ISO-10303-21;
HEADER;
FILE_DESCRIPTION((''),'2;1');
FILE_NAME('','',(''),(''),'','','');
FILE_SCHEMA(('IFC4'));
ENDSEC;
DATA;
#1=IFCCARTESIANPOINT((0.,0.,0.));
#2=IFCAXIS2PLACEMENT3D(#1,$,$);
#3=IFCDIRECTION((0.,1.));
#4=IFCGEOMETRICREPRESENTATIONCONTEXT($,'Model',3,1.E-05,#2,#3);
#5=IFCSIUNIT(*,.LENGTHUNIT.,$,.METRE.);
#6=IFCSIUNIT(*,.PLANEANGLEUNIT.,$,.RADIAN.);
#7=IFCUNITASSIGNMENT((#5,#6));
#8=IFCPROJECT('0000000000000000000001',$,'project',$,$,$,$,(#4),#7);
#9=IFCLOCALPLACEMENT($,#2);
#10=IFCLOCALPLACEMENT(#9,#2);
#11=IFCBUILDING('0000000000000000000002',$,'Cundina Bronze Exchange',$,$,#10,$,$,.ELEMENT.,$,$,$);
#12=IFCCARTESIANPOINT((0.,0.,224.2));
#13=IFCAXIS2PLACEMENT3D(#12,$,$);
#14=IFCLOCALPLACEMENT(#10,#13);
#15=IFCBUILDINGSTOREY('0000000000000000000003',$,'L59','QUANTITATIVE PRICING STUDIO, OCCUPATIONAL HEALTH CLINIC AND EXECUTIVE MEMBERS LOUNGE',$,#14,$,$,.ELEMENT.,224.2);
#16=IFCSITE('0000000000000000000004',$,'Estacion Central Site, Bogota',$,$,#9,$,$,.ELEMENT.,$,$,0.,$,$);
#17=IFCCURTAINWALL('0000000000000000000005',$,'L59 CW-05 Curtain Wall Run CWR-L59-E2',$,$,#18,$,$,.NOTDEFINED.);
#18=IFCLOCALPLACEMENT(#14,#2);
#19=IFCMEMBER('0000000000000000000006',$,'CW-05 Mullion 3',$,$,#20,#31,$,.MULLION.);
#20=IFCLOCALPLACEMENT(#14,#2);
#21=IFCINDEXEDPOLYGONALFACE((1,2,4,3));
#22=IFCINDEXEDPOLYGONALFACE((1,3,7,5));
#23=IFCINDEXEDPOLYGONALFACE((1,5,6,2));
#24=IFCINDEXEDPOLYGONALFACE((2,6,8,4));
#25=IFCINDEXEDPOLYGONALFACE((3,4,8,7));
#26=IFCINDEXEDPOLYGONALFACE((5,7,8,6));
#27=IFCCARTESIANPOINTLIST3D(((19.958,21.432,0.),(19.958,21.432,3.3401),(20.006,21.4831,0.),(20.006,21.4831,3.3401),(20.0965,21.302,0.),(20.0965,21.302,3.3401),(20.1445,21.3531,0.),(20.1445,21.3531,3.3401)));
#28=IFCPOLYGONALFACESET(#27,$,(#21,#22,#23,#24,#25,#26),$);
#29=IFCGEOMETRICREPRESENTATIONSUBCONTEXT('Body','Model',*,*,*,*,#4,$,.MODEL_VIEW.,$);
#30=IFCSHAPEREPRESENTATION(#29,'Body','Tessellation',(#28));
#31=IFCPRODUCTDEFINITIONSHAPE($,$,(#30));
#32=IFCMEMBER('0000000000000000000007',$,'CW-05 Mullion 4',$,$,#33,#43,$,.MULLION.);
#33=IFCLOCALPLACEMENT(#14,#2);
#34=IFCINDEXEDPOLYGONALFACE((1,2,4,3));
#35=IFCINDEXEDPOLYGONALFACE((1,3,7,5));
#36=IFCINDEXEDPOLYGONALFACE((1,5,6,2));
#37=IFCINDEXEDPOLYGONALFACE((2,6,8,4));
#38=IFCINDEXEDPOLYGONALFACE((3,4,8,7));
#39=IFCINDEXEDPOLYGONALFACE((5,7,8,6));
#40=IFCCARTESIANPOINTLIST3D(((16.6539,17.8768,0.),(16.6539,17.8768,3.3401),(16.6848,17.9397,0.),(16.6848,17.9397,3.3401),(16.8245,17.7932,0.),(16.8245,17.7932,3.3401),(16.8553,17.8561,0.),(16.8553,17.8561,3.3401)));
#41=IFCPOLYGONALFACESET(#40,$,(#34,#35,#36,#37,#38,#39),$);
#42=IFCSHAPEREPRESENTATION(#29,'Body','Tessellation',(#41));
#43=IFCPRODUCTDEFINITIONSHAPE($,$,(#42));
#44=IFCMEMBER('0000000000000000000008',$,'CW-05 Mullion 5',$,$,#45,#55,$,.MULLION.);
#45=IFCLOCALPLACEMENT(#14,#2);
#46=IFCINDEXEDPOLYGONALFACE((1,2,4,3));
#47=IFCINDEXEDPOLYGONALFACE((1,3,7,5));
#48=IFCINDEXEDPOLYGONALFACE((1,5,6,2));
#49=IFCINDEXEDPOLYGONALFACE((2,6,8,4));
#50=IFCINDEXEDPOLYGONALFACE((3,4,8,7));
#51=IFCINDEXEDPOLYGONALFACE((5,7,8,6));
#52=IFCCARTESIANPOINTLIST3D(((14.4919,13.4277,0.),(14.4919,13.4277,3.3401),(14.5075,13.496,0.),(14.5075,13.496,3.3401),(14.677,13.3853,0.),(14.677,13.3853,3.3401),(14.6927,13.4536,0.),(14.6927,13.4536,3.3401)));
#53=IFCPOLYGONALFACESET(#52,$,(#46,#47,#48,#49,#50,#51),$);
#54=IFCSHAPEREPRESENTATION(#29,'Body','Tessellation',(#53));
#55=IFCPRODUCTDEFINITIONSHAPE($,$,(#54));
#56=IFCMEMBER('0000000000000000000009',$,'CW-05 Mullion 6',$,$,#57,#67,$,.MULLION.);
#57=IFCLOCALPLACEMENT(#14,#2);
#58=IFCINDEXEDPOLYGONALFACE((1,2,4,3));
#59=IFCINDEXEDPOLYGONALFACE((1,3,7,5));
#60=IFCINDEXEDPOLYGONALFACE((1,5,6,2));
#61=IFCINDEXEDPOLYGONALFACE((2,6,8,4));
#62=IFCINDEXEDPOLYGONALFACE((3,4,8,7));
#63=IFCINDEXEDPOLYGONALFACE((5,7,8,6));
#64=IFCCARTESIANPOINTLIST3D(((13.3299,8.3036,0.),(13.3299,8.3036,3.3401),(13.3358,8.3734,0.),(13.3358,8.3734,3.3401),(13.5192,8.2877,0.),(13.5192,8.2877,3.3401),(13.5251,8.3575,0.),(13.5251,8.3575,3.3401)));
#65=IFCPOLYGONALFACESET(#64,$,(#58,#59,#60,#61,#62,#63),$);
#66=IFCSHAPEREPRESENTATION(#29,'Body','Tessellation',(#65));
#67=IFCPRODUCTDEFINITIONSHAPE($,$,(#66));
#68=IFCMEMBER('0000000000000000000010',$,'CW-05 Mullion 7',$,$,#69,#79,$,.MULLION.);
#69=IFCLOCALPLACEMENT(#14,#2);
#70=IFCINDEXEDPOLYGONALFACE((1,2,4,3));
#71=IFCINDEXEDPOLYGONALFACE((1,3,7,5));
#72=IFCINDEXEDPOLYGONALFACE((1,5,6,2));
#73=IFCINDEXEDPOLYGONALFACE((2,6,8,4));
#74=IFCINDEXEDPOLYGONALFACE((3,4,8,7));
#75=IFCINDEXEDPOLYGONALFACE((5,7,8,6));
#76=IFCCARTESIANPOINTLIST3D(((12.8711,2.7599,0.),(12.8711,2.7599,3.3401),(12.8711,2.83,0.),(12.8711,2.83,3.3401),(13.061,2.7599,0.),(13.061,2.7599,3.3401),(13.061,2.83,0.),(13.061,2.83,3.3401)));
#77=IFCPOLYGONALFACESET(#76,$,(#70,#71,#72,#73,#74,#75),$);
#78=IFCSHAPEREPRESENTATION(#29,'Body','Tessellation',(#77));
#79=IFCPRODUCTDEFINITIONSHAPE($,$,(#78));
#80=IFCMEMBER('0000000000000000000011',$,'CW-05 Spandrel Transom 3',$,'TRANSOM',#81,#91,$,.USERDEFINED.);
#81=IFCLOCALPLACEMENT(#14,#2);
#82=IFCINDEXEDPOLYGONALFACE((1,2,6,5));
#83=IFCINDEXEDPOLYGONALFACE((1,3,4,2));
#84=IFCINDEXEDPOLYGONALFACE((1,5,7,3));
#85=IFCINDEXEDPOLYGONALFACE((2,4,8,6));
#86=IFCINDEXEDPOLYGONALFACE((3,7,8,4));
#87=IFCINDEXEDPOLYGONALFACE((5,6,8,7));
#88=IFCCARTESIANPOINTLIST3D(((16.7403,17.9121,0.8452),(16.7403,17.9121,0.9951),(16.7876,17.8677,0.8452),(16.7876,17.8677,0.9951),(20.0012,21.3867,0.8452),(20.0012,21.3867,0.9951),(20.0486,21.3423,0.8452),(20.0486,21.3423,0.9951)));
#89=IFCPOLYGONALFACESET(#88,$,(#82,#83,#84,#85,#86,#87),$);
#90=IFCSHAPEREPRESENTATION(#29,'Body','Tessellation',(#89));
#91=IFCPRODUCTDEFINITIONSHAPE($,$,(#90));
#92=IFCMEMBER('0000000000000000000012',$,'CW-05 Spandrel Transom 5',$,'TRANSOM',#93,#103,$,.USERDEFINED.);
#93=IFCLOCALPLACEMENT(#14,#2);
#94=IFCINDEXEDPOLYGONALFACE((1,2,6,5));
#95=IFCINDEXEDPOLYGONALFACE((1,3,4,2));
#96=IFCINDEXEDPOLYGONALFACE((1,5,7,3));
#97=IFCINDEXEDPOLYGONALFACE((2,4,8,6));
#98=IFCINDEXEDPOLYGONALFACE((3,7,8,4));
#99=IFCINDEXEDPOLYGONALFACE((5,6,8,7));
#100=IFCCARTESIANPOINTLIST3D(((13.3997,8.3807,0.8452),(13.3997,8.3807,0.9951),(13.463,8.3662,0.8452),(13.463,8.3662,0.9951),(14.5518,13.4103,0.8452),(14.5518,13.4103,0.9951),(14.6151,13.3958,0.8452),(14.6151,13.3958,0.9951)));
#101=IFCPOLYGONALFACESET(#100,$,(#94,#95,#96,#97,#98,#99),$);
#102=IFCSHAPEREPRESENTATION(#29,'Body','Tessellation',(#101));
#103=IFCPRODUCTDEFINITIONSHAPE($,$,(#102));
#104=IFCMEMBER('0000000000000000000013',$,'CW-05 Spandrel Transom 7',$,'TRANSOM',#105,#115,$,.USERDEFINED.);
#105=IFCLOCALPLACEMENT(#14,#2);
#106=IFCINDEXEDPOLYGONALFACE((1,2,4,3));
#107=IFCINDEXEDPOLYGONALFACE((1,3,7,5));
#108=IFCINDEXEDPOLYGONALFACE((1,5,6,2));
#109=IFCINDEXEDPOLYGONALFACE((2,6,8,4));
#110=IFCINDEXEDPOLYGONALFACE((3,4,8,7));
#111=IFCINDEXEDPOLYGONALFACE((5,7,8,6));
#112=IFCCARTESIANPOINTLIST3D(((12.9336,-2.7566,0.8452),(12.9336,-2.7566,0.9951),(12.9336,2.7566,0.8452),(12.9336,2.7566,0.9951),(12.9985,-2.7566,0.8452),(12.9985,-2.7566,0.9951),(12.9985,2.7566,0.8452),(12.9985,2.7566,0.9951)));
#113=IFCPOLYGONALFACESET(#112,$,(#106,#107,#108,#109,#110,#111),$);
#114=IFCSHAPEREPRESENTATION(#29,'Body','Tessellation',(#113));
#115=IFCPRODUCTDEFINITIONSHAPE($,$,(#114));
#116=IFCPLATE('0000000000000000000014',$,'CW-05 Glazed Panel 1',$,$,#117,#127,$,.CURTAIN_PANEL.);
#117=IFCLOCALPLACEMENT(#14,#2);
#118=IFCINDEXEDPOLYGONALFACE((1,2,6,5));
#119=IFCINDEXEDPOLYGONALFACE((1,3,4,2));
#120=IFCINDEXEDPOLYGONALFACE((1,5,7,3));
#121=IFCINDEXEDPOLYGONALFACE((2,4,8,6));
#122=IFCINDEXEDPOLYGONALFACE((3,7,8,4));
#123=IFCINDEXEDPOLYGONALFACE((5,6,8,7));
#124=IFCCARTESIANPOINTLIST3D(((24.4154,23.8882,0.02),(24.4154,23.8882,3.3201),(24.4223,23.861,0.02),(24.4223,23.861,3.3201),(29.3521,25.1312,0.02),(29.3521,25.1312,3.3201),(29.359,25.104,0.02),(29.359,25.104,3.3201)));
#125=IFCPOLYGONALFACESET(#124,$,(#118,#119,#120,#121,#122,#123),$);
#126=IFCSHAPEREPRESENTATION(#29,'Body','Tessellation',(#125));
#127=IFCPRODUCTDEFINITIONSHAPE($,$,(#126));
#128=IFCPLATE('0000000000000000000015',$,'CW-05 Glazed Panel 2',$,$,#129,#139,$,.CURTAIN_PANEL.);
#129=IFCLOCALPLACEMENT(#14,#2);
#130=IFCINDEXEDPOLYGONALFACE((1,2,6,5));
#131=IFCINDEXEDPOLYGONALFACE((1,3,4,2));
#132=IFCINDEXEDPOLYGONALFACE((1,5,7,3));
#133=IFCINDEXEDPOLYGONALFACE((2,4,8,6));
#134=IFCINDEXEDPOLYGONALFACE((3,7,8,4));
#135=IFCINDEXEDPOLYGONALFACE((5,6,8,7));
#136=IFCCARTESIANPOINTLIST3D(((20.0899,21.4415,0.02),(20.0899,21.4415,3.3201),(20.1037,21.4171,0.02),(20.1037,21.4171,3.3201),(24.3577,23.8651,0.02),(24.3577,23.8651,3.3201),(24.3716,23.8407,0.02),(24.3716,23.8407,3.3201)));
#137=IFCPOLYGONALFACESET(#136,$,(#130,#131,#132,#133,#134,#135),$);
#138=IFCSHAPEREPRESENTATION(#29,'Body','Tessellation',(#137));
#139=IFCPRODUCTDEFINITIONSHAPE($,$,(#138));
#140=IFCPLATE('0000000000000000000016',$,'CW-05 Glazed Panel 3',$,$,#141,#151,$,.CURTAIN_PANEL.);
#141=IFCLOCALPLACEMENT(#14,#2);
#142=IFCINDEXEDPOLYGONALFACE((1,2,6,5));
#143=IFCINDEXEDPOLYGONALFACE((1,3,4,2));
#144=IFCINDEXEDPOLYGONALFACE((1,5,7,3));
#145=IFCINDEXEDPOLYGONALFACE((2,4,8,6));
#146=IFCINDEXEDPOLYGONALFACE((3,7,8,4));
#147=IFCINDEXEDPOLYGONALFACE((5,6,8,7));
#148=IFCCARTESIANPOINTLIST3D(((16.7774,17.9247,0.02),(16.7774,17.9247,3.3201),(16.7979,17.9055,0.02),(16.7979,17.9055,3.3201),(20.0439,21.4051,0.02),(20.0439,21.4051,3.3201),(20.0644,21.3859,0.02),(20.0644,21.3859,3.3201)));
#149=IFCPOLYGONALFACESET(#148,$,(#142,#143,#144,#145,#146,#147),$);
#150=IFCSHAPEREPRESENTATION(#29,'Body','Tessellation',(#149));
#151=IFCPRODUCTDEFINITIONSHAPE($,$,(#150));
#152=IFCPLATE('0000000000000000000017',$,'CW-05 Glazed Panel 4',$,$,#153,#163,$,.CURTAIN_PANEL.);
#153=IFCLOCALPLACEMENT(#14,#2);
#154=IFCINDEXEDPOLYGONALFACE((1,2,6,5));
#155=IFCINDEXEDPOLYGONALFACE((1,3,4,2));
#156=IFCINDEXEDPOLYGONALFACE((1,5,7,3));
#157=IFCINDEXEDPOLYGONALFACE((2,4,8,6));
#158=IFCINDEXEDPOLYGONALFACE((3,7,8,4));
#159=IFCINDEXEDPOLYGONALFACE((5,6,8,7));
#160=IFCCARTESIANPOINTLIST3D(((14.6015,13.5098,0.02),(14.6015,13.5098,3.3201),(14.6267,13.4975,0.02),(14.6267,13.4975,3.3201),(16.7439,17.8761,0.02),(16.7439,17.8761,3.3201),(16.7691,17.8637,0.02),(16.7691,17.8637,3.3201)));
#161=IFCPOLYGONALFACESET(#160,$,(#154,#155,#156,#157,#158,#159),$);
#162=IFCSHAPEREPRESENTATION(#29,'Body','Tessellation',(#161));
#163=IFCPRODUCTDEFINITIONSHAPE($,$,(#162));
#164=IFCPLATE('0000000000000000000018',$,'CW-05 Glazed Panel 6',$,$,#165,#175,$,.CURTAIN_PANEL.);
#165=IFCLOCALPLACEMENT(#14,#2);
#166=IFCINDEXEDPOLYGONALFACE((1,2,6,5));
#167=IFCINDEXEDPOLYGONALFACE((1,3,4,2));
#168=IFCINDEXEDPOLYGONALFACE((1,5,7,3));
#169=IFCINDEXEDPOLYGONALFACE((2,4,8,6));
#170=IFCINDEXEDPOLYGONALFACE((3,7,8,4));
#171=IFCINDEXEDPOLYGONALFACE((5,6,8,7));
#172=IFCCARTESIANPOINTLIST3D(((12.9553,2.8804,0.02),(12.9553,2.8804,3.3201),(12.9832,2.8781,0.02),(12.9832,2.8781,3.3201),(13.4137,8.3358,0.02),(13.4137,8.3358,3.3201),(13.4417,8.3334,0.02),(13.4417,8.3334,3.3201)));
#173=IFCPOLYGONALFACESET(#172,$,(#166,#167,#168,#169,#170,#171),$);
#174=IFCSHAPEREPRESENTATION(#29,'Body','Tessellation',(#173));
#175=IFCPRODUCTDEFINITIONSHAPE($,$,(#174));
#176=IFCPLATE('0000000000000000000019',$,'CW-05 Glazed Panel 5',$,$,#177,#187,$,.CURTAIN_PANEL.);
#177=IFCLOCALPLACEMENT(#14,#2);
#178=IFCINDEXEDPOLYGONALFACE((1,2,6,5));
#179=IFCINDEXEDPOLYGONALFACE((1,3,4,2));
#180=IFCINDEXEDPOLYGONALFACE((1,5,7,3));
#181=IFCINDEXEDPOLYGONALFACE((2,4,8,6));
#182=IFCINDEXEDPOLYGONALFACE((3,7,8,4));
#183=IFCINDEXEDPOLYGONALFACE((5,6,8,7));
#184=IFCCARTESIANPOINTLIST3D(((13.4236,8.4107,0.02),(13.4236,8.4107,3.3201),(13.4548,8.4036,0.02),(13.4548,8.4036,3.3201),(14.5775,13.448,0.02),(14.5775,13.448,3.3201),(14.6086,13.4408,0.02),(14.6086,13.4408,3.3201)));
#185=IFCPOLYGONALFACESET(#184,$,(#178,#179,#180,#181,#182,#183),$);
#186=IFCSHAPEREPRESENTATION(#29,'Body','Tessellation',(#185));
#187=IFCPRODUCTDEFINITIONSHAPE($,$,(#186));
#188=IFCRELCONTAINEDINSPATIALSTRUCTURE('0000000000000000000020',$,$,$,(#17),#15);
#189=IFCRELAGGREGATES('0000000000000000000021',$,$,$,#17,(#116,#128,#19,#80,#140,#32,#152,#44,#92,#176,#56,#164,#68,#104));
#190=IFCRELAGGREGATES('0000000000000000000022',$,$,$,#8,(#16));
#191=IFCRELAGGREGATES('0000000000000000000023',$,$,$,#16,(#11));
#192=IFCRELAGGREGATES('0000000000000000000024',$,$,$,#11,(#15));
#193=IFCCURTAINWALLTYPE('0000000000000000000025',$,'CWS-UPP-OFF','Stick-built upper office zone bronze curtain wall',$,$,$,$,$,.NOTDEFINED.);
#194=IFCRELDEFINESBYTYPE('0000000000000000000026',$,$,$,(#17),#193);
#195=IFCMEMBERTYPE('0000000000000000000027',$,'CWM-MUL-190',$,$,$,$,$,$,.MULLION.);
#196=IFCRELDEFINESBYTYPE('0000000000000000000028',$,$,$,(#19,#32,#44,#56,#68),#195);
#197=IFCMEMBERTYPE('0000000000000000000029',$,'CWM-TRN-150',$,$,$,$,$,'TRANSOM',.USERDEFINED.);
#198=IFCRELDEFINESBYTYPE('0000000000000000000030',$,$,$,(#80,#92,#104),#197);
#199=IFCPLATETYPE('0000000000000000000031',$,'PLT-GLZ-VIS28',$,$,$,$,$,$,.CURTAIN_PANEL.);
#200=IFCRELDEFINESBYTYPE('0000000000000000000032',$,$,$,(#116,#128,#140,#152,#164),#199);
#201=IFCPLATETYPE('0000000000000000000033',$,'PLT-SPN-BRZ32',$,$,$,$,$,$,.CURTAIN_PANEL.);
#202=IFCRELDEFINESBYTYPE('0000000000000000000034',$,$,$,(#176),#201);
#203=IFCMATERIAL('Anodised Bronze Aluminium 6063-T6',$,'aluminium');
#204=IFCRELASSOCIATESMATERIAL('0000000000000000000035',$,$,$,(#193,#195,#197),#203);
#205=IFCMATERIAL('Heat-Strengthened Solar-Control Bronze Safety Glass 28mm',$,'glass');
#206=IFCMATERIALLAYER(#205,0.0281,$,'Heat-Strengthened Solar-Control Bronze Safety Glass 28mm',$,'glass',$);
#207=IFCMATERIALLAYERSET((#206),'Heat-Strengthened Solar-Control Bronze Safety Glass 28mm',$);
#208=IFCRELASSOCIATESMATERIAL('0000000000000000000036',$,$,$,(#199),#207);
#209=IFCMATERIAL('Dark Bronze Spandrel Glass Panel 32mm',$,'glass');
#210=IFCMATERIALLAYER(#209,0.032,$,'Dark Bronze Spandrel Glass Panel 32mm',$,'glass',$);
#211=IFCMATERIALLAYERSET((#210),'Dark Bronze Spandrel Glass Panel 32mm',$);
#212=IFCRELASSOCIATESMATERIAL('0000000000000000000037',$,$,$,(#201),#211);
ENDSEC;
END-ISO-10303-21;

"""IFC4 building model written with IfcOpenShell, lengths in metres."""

from ifc_helpers import new_model, si_unit, direction, frame, origin, origin_2d, place, context, subcontext, project, spatial, rectangle, extrude, material, layer, layer_set, material_profile, profile_set, type_object, element, aggregate, save


model = new_model("IFC4")

# Units and contexts
model_context = context("Model", 3, precision=1e-05, world=origin(), true_north=direction((0.0, 1.0)))
body_context = subcontext(model_context, "Body", "Model", "MODEL_VIEW")
ifc_project = project(units=[si_unit("LENGTHUNIT", "METRE"), si_unit("PLANEANGLEUNIT", "RADIAN")], contexts=[model_context])

# Site, building, storey
site_placement = place(None, origin())
site = spatial("IfcSite", under=ifc_project, at=site_placement, Name="Estacion Central Site, Bogota", CompositionType="ELEMENT", RefElevation=0.0)
building_placement = place(site_placement, origin())
building = spatial("IfcBuilding", under=site, at=building_placement, Name="Cundina Bronze Exchange", CompositionType="ELEMENT")
storey_placement = place(building_placement, frame((0.0, 0.0, 224.2)))
storey = spatial("IfcBuildingStorey", under=building, at=storey_placement, Name="L59", Description="QUANTITATIVE PRICING STUDIO, OCCUPATIONAL HEALTH CLINIC AND EXECUTIVE MEMBERS LOUNGE", CompositionType="ELEMENT", Elevation=224.2)

# Curtain wall, members, plates
ifc_material_1 = material(Name="Anodised Bronze Aluminium 6063-T6", Category="aluminium")
curtain_wall_type = type_object("IfcCurtainWallType", Name="CWS-UPP-OFF", Description="Stick-built upper office zone bronze curtain wall", PredefinedType="NOTDEFINED", material=ifc_material_1)
curtain_wall_placement = place(storey_placement, origin())
curtain_wall = element("IfcCurtainWall", 1, at=curtain_wall_placement, inside=storey, type_object=curtain_wall_type, Name="L59 CW-05 Curtain Wall Run CWR-L59-E2", PredefinedType="NOTDEFINED")
ifc_material_profile_1 = material_profile(ifc_material_1, rectangle(XDim=0.0701, YDim=0.1899, at=origin_2d()), Name="AL70X190", Category="aluminium")
ifc_profile_set_1 = profile_set([ifc_material_profile_1], Name="Anodised Bronze Aluminium 6063-T6")
member_type_1 = type_object("IfcMemberType", Name="CWM-MUL-190", PredefinedType="MULLION", material=ifc_profile_set_1)
member_1_placement = place(storey_placement, frame((20.0513, 21.3926, 0.0), z_axis=(0.0, 0.0, 1.0), x_axis=(-0.684293, -0.729208, 0.0)))
member_1 = element("IfcMember", 2, at=member_1_placement, type_object=member_type_1, Name="CW-05 Mullion 3", PredefinedType="MULLION", context=body_context, shape_type="SweptSolid", body=[
    extrude(rectangle(XDim=0.0701, YDim=0.1899, at=origin_2d()), origin(), (0.0, 0.0, 1.0), 3.3401),
])
member_2_placement = place(storey_placement, frame((16.7546, 17.8665, 0.0), z_axis=(0.0, 0.0, 1.0), x_axis=(-0.440566, -0.89772, 0.0)))
member_2 = element("IfcMember", 3, at=member_2_placement, type_object=member_type_1, Name="CW-05 Mullion 4", PredefinedType="MULLION", context=body_context, shape_type="SweptSolid", body=[
    extrude(rectangle(XDim=0.0701, YDim=0.1899, at=origin_2d()), origin(), (0.0, 0.0, 1.0), 3.3401),
])
member_3_placement = place(storey_placement, frame((14.5923, 13.4407, 0.0), z_axis=(0.0, 0.0, 1.0), x_axis=(-0.22325, -0.974761, 0.0)))
member_3 = element("IfcMember", 4, at=member_3_placement, type_object=member_type_1, Name="CW-05 Mullion 5", PredefinedType="MULLION", context=body_context, shape_type="SweptSolid", body=[
    extrude(rectangle(XDim=0.0701, YDim=0.1899, at=origin_2d()), origin(), (0.0, 0.0, 1.0), 3.3401),
])
member_4_placement = place(storey_placement, frame((13.4275, 8.3306, 0.0), z_axis=(0.0, 0.0, 1.0), x_axis=(-0.083678, -0.996493, 0.0)))
member_4 = element("IfcMember", 5, at=member_4_placement, type_object=member_type_1, Name="CW-05 Mullion 6", PredefinedType="MULLION", context=body_context, shape_type="SweptSolid", body=[
    extrude(rectangle(XDim=0.0701, YDim=0.1899, at=origin_2d()), origin(), (0.0, 0.0, 1.0), 3.3401),
])
member_5_placement = place(storey_placement, frame((12.9661, 2.7949, 0.0), z_axis=(0.0, 0.0, 1.0), x_axis=(0.0, -1.0, 0.0)))
member_5 = element("IfcMember", 6, at=member_5_placement, type_object=member_type_1, Name="CW-05 Mullion 7", PredefinedType="MULLION", context=body_context, shape_type="SweptSolid", body=[
    extrude(rectangle(XDim=0.0701, YDim=0.1899, at=origin_2d()), origin(), (0.0, 0.0, 1.0), 3.3401),
])
ifc_material_profile_2 = material_profile(ifc_material_1, rectangle(XDim=0.0649, YDim=0.1499, at=origin_2d()), Name="AL65X150", Category="aluminium")
ifc_profile_set_2 = profile_set([ifc_material_profile_2], Name="Anodised Bronze Aluminium 6063-T6")
member_type_2 = type_object("IfcMemberType", Name="CWM-TRN-150", ElementType="TRANSOM", PredefinedType="USERDEFINED", material=ifc_profile_set_2)
member_6_placement = place(storey_placement, frame((20.0249, 21.3645, 0.9202), z_axis=(-0.684336, -0.729166, 0.0), x_axis=(0.729166, -0.684336, 0.0)))
member_6 = element("IfcMember", 7, at=member_6_placement, type_object=member_type_2, Name="CW-05 Spandrel Transom 3", ObjectType="TRANSOM", PredefinedType="USERDEFINED", context=body_context, shape_type="SweptSolid", body=[
    extrude(rectangle(XDim=0.0649, YDim=0.1499, at=origin_2d()), origin(), (0.0, 0.0, 1.0), 4.7651),
])
member_7_placement = place(storey_placement, frame((14.5835, 13.4031, 0.9202), z_axis=(-0.223283, -0.974754, 0.0), x_axis=(0.974754, -0.223283, 0.0)))
member_7 = element("IfcMember", 8, at=member_7_placement, type_object=member_type_2, Name="CW-05 Spandrel Transom 5", ObjectType="TRANSOM", PredefinedType="USERDEFINED", context=body_context, shape_type="SweptSolid", body=[
    extrude(rectangle(XDim=0.0649, YDim=0.1499, at=origin_2d()), origin(), (0.0, 0.0, 1.0), 5.1599),
])
member_8_placement = place(storey_placement, frame((12.9661, 2.7566, 0.9202), z_axis=(0.0, -1.0, 0.0), x_axis=(1.0, 0.0, 0.0)))
member_8 = element("IfcMember", 9, at=member_8_placement, type_object=member_type_2, Name="CW-05 Spandrel Transom 7", ObjectType="TRANSOM", PredefinedType="USERDEFINED", context=body_context, shape_type="SweptSolid", body=[
    extrude(rectangle(XDim=0.0649, YDim=0.1499, at=origin_2d()), origin(), (0.0, 0.0, 1.0), 5.5132),
])
ifc_material_2 = material(Name="Heat-Strengthened Solar-Control Bronze Safety Glass 28mm", Category="glass")
ifc_layer_1 = layer(ifc_material_2, 0.0281, Name="Heat-Strengthened Solar-Control Bronze Safety Glass 28mm", Category="glass")
ifc_layer_set_1 = layer_set([ifc_layer_1], Name="Heat-Strengthened Solar-Control Bronze Safety Glass 28mm")
plate_type_1 = type_object("IfcPlateType", Name="PLT-GLZ-VIS28", PredefinedType="CURTAIN_PANEL", material=ifc_layer_set_1)
plate_1_placement = place(storey_placement, frame((26.8872, 24.4961, 0.02), z_axis=(0.0, 0.0, 1.0), x_axis=(-0.969732, -0.244174, 0.0)))
plate_1 = element("IfcPlate", 10, at=plate_1_placement, type_object=plate_type_1, Name="CW-05 Glazed Panel 1", PredefinedType="CURTAIN_PANEL", context=body_context, shape_type="SweptSolid", body=[
    extrude(rectangle(XDim=5.0908, YDim=0.0281, at=origin_2d()), origin(), (0.0, 0.0, 1.0), 3.3),
])
plate_2_placement = place(storey_placement, frame((22.2307, 22.6411, 0.02), z_axis=(0.0, 0.0, 1.0), x_axis=(-0.869573, -0.493805, 0.0)))
plate_2 = element("IfcPlate", 11, at=plate_2_placement, type_object=plate_type_1, Name="CW-05 Glazed Panel 2", PredefinedType="CURTAIN_PANEL", context=body_context, shape_type="SweptSolid", body=[
    extrude(rectangle(XDim=4.908, YDim=0.0281, at=origin_2d()), origin(), (0.0, 0.0, 1.0), 3.3),
])
plate_3_placement = place(storey_placement, frame((18.4209, 19.6553, 0.02), z_axis=(0.0, 0.0, 1.0), x_axis=(-0.684344, -0.72916, 0.0)))
plate_3 = element("IfcPlate", 12, at=plate_3_placement, type_object=plate_type_1, Name="CW-05 Glazed Panel 3", PredefinedType="CURTAIN_PANEL", context=body_context, shape_type="SweptSolid", body=[
    extrude(rectangle(XDim=4.7732, YDim=0.0281, at=origin_2d()), origin(), (0.0, 0.0, 1.0), 3.3),
])
plate_4_placement = place(storey_placement, frame((15.6853, 15.6868, 0.02), z_axis=(0.0, 0.0, 1.0), x_axis=(-0.440503, -0.897751, 0.0)))
plate_4 = element("IfcPlate", 13, at=plate_4_placement, type_object=plate_type_1, Name="CW-05 Glazed Panel 4", PredefinedType="CURTAIN_PANEL", context=body_context, shape_type="SweptSolid", body=[
    extrude(rectangle(XDim=4.8635, YDim=0.0281, at=origin_2d()), origin(), (0.0, 0.0, 1.0), 3.3),
])
plate_5_placement = place(storey_placement, frame((13.1985, 5.6069, 0.02), z_axis=(0.0, 0.0, 1.0), x_axis=(-0.083747, -0.996487, 0.0)))
plate_5 = element("IfcPlate", 14, at=plate_5_placement, type_object=plate_type_1, Name="CW-05 Glazed Panel 6", PredefinedType="CURTAIN_PANEL", context=body_context, shape_type="SweptSolid", body=[
    extrude(rectangle(XDim=5.4746, YDim=0.0281, at=origin_2d()), origin(), (0.0, 0.0, 1.0), 3.3),
])
ifc_material_3 = material(Name="Dark Bronze Spandrel Glass Panel 32mm", Category="glass")
ifc_layer_2 = layer(ifc_material_3, 0.032, Name="Dark Bronze Spandrel Glass Panel 32mm", Category="glass")
ifc_layer_set_2 = layer_set([ifc_layer_2], Name="Dark Bronze Spandrel Glass Panel 32mm")
plate_type_2 = type_object("IfcPlateType", Name="PLT-SPN-BRZ32", PredefinedType="CURTAIN_PANEL", material=ifc_layer_set_2)
plate_6_placement = place(storey_placement, frame((14.0161, 10.9258, 0.02), z_axis=(0.0, 0.0, 1.0), x_axis=(-0.223284, -0.974753, 0.0)))
plate_6 = element("IfcPlate", 15, at=plate_6_placement, type_object=plate_type_2, Name="CW-05 Glazed Panel 5", PredefinedType="CURTAIN_PANEL", context=body_context, shape_type="SweptSolid", body=[
    extrude(rectangle(XDim=5.1677, YDim=0.032, at=origin_2d()), origin(), (0.0, 0.0, 1.0), 3.3),
])
aggregate(curtain_wall, [plate_1, plate_2, member_1, member_6, plate_3, member_2, plate_4, member_3, member_7, plate_6, member_4, plate_5, member_5, member_8])

save(model, "model.ifc")
